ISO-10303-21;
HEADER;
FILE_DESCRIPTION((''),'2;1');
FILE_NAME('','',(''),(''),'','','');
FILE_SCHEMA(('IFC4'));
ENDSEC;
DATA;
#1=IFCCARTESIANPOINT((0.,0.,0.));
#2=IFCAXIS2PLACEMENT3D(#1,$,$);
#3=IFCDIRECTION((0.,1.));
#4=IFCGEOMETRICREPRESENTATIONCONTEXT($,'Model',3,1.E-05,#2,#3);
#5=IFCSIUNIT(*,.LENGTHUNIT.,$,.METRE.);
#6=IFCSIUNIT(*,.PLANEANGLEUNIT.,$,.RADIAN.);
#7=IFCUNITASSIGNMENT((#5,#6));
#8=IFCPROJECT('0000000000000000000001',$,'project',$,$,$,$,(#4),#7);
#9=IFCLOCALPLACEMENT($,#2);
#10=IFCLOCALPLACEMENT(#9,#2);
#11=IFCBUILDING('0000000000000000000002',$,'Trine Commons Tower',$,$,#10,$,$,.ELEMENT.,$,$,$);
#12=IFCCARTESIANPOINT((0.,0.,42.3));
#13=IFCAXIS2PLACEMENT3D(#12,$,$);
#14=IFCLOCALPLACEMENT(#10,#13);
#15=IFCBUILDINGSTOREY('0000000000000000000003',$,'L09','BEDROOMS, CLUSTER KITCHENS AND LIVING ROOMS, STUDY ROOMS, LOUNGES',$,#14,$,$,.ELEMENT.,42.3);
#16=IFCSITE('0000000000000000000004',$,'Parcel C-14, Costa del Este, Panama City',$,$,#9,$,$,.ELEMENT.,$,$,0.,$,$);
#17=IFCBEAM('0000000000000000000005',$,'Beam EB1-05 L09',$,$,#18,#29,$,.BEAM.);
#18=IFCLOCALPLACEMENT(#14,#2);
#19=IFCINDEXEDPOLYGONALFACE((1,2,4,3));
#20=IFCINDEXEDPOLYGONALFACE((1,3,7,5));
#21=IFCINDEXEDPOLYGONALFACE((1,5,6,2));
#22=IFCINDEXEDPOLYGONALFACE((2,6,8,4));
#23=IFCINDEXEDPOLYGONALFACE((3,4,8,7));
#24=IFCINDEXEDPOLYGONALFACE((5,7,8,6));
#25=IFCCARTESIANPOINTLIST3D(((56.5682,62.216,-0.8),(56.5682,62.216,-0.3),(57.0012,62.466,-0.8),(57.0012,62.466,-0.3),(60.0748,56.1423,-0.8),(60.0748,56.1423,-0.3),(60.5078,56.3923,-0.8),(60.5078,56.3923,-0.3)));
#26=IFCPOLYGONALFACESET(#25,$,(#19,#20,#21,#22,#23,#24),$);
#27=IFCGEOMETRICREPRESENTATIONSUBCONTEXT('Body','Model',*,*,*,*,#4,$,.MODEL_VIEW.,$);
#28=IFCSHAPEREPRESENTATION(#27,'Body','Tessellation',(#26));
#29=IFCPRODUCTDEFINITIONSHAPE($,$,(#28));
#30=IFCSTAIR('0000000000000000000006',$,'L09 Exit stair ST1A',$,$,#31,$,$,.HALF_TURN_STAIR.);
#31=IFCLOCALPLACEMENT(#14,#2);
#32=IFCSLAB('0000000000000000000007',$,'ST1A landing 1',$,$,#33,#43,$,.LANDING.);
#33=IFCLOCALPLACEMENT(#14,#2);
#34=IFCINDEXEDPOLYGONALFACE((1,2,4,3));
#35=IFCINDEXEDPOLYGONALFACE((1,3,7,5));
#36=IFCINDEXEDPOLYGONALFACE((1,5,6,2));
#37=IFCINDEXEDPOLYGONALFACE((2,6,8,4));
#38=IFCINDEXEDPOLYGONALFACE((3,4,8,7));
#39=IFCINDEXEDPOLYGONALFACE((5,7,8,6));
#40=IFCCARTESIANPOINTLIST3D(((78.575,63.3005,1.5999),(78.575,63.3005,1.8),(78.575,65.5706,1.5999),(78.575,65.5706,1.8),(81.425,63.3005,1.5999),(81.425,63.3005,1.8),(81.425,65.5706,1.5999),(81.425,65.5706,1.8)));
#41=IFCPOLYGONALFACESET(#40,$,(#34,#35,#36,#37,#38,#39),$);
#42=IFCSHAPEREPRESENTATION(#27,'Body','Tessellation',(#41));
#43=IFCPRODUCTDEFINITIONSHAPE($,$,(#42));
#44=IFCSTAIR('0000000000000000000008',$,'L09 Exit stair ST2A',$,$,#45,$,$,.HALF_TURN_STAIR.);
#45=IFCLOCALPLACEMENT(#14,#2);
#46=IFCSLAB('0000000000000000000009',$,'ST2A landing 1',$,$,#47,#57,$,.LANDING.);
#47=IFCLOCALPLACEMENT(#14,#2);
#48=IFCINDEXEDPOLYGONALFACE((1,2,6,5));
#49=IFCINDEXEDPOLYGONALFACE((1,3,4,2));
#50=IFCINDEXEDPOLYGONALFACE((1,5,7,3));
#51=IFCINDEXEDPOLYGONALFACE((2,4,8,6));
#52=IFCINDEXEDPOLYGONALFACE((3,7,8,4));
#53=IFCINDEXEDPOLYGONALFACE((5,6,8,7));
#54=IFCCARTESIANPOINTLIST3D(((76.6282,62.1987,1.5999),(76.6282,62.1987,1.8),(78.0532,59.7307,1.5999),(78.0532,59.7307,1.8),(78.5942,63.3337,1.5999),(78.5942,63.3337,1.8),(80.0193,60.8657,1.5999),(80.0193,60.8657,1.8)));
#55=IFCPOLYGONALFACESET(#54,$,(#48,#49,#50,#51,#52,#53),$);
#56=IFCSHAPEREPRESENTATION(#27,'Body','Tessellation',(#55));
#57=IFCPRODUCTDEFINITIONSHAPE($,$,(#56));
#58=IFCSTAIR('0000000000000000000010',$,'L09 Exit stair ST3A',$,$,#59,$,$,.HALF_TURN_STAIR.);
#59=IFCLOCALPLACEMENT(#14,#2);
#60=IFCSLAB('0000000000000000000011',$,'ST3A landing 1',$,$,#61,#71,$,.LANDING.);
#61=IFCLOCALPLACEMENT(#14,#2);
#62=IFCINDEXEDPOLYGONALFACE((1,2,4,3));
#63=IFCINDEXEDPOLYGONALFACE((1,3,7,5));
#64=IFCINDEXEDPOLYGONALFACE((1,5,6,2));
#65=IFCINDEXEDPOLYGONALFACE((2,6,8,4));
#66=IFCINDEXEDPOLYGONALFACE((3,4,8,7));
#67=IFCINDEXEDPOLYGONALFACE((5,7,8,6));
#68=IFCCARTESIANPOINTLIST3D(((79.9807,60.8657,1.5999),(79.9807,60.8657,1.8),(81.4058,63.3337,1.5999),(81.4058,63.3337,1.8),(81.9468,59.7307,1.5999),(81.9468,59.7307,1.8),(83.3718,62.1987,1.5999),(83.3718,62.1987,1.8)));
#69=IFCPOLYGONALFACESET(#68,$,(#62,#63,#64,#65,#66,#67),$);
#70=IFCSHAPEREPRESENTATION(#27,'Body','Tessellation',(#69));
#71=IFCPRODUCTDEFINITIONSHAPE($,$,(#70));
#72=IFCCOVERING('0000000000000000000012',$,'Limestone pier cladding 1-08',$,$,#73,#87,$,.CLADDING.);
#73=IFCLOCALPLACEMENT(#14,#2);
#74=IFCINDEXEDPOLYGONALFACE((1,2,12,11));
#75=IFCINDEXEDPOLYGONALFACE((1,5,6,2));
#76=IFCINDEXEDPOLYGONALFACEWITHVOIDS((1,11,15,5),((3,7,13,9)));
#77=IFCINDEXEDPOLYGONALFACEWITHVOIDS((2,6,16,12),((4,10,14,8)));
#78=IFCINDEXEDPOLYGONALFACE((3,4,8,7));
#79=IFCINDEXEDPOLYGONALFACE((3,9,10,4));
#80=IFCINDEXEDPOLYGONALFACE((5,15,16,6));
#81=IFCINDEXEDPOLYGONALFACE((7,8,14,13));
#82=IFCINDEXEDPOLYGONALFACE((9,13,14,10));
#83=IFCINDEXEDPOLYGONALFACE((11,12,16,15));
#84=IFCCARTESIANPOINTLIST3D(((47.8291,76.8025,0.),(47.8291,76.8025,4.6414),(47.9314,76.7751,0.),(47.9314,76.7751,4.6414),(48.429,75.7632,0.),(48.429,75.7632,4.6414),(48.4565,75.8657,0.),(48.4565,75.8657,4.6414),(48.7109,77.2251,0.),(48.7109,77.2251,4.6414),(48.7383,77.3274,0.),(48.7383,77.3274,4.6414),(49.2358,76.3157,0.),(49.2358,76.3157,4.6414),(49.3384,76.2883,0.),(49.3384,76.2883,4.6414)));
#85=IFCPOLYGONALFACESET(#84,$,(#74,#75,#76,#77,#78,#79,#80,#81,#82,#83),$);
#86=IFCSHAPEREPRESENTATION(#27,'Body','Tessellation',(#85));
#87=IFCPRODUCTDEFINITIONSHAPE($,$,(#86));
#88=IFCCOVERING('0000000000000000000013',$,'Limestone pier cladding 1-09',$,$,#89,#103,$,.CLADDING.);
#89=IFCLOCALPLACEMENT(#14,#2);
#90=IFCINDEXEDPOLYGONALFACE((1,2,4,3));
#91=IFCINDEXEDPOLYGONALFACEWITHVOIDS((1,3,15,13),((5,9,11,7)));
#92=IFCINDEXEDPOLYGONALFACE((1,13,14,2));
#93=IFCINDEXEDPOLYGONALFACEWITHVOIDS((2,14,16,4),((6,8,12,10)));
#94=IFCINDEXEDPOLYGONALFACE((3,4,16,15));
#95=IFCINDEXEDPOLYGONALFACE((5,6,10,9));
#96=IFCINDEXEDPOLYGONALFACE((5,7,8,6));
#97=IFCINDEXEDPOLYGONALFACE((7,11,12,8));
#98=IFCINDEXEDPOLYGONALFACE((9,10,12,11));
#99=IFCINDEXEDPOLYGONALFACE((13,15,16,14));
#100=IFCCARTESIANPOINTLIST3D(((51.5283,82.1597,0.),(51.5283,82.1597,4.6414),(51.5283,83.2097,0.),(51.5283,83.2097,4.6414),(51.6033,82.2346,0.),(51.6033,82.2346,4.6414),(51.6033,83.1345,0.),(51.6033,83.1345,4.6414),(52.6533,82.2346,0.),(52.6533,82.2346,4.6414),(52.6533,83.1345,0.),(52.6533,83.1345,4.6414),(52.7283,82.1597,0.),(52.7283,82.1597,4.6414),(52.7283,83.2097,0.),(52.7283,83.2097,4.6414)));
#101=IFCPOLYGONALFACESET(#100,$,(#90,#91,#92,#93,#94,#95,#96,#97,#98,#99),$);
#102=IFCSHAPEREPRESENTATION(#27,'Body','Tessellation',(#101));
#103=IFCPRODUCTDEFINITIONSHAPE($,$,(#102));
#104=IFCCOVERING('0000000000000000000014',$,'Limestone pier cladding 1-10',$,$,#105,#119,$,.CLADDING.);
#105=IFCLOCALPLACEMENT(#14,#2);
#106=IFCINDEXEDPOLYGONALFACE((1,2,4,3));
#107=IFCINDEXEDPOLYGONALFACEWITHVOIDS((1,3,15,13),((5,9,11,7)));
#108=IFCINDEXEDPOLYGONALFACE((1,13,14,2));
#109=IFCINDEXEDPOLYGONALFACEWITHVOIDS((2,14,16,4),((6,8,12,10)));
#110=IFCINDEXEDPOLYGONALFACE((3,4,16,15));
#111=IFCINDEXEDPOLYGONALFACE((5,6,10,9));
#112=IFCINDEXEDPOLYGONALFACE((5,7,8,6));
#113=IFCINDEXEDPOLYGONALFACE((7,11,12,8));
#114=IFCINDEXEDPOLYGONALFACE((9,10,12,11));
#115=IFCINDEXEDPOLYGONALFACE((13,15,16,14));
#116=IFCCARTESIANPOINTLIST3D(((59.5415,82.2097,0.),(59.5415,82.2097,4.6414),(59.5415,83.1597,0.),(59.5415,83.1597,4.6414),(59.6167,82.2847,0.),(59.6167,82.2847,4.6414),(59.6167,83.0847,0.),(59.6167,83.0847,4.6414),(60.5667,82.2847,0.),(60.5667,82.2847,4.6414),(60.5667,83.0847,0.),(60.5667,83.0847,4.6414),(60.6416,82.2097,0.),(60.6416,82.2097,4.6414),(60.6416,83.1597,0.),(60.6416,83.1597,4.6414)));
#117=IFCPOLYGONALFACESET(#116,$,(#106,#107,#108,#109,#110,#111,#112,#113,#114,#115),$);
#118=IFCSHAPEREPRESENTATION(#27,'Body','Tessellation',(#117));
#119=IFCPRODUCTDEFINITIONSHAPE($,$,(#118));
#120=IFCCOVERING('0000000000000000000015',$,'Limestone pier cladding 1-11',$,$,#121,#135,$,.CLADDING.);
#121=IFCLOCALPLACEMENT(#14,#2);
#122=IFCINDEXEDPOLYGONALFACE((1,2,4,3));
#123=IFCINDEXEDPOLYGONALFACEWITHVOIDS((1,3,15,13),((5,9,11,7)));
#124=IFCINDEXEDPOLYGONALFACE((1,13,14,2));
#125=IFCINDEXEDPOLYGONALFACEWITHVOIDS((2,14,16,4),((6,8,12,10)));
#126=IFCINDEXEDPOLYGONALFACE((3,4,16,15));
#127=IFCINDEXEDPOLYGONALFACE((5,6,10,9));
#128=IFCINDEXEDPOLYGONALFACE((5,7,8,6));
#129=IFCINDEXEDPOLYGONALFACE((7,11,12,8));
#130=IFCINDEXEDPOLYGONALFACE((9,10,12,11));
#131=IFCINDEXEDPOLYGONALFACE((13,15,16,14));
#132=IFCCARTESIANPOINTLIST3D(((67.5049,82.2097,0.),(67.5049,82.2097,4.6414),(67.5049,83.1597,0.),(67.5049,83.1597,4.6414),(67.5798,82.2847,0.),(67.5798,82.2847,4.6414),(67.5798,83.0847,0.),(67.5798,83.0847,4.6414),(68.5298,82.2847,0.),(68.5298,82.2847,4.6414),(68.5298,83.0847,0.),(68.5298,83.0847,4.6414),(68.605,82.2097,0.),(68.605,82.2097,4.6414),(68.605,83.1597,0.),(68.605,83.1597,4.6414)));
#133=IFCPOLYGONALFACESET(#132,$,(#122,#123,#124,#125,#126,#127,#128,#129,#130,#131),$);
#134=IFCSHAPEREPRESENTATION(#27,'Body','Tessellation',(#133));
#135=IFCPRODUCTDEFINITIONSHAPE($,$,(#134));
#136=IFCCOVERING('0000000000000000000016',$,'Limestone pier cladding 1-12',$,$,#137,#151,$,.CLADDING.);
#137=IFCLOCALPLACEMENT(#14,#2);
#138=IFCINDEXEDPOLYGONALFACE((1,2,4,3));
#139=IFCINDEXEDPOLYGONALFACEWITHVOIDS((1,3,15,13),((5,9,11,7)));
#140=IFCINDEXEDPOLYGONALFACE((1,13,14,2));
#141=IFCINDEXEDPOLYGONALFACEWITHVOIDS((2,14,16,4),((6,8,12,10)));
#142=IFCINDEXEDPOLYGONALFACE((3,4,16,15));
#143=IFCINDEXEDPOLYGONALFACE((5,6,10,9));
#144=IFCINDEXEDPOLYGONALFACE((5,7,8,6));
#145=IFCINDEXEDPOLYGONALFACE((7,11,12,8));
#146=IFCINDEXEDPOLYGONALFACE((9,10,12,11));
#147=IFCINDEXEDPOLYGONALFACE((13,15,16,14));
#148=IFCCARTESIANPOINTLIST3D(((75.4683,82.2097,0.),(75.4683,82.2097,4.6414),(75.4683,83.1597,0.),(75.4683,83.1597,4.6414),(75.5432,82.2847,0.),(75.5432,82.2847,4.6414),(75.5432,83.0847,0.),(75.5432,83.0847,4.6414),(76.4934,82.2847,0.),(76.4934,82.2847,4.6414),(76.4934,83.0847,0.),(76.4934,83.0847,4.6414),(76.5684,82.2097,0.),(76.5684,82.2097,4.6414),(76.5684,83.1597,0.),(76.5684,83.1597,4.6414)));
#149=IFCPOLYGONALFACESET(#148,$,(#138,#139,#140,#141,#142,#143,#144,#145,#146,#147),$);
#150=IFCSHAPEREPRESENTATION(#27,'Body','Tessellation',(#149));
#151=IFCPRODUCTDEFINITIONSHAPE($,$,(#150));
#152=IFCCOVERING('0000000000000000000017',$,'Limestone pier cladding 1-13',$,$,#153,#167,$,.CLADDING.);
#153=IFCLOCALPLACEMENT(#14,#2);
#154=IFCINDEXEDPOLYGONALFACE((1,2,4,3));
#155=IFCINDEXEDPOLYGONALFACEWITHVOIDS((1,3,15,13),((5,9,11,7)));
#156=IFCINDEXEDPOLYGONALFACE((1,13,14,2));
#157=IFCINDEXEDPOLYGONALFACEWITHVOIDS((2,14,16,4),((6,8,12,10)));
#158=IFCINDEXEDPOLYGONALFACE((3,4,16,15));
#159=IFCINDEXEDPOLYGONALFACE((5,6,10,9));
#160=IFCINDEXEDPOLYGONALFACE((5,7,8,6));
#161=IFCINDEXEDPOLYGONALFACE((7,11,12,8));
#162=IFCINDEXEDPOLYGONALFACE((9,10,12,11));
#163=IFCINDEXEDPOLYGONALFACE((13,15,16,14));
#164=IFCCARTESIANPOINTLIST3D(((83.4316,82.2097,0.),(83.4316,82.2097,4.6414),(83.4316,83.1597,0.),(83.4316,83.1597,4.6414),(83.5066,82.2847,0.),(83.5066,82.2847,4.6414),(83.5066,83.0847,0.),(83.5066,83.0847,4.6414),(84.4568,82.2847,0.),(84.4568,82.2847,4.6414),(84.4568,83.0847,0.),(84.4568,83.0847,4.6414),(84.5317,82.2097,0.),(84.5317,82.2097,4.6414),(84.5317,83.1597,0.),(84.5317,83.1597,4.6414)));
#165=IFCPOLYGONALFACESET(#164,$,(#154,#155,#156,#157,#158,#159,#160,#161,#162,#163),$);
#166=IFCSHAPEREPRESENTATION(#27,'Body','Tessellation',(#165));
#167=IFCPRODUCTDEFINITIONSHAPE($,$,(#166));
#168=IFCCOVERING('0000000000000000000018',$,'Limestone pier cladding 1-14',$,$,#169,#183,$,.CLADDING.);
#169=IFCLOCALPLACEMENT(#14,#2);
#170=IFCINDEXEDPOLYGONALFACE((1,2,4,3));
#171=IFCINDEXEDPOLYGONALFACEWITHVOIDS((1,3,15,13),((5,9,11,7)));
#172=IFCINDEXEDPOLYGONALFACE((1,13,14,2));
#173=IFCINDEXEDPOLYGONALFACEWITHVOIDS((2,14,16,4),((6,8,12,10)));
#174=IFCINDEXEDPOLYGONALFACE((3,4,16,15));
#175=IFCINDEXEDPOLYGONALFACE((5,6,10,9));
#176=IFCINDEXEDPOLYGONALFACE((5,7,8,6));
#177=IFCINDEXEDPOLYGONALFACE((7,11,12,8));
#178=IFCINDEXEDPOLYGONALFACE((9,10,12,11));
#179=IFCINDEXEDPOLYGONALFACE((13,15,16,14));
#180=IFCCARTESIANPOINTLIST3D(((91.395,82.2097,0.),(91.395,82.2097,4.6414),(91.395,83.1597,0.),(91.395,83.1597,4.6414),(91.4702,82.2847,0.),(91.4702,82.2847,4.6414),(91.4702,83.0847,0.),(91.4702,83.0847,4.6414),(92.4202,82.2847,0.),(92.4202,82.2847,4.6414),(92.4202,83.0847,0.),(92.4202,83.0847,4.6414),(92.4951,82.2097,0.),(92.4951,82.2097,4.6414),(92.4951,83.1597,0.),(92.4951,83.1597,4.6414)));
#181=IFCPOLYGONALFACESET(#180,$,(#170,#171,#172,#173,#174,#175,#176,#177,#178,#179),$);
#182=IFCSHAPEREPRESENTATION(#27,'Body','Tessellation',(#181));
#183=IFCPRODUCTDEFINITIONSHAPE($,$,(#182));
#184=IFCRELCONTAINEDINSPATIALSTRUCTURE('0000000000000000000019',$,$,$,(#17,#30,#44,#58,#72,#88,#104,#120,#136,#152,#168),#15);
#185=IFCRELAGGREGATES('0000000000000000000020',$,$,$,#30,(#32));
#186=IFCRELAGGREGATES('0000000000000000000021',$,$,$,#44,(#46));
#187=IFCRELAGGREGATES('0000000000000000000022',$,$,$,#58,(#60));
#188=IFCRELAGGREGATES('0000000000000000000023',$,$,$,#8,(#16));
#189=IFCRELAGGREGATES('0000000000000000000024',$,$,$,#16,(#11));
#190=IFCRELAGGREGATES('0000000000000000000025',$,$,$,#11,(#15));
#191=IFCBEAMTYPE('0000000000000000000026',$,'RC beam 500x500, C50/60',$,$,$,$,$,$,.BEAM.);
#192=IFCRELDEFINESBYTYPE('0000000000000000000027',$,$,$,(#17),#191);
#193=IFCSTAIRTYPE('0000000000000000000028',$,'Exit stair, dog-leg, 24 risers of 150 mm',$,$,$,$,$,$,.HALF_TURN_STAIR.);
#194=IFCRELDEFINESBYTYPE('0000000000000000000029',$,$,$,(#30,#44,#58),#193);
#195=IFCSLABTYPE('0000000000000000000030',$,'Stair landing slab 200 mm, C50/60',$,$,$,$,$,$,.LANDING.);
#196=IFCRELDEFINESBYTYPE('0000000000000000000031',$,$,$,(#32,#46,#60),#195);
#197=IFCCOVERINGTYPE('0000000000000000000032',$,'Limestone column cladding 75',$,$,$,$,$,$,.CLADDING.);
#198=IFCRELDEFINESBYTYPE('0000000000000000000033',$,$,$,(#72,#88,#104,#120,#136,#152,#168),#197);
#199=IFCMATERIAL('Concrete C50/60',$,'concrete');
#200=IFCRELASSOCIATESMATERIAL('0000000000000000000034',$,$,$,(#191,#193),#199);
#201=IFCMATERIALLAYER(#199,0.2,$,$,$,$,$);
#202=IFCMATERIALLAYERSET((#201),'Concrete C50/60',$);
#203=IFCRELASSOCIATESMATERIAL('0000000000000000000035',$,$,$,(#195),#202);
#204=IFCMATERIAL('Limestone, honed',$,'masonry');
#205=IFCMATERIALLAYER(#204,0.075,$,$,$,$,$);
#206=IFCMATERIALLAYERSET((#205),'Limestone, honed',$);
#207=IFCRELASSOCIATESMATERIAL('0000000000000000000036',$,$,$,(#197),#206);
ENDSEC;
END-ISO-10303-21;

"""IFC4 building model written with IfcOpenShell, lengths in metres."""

from ifc_helpers import new_model, si_unit, direction, frame, origin, origin_2d, place, context, subcontext, project, spatial, polyline, rectangle, outline, extrude, material, layer, layer_set, material_profile, profile_set, type_object, element, aggregate, save


model = new_model("IFC4")

# Units and contexts
model_context = context("Model", 3, precision=1e-05, world=origin(), true_north=direction((0.0, 1.0)))
body_context = subcontext(model_context, "Body", "Model", "MODEL_VIEW")
ifc_project = project(units=[si_unit("LENGTHUNIT", "METRE"), si_unit("PLANEANGLEUNIT", "RADIAN")], contexts=[model_context])

# Site, building, storey
site_placement = place(None, origin())
site = spatial("IfcSite", under=ifc_project, at=site_placement, Name="Parcel C-14, Costa del Este, Panama City", CompositionType="ELEMENT", RefElevation=0.0)
building_placement = place(site_placement, origin())
building = spatial("IfcBuilding", under=site, at=building_placement, Name="Trine Commons Tower", CompositionType="ELEMENT")
storey_placement = place(building_placement, frame((0.0, 0.0, 42.3)))
storey = spatial("IfcBuildingStorey", under=building, at=storey_placement, Name="L09", Description="BEDROOMS, CLUSTER KITCHENS AND LIVING ROOMS, STUDY ROOMS, LOUNGES", CompositionType="ELEMENT", Elevation=42.3)

# Beam
ifc_material_1 = material(Name="Concrete C50/60", Category="concrete")
ifc_material_profile = material_profile(ifc_material_1, rectangle(XDim=0.5, YDim=0.5, at=origin_2d()), Name="RC 500x500")
ifc_profile_set = profile_set([ifc_material_profile], Name="Concrete C50/60")
beam_type = type_object("IfcBeamType", Name="RC beam 500x500, C50/60", PredefinedType="BEAM", material=ifc_profile_set)
beam_placement = place(storey_placement, frame((60.2913, 56.2673, -0.55), z_axis=(-0.499992, 0.86603, 0.0), x_axis=(-0.86603, -0.499992, 0.0)))
element("IfcBeam", 1, at=beam_placement, inside=storey, type_object=beam_type, Name="Beam EB1-05 L09", PredefinedType="BEAM", context=body_context, shape_type="SweptSolid", body=[
    extrude(rectangle(XDim=0.5, YDim=0.5, at=origin_2d()), origin(), (0.0, 0.0, 1.0), 7.0132),
])

# Stairs, slabs
stair_type = type_object("IfcStairType", Name="Exit stair, dog-leg, 24 risers of 150 mm", PredefinedType="HALF_TURN_STAIR", material=ifc_material_1)
stair_1_placement = place(storey_placement, origin())
stair_1 = element("IfcStair", 2, at=stair_1_placement, inside=storey, type_object=stair_type, Name="L09 Exit stair ST1A", PredefinedType="HALF_TURN_STAIR")
ifc_layer_1 = layer(ifc_material_1, 0.2)
ifc_layer_set_1 = layer_set([ifc_layer_1], Name="Concrete C50/60")
slab_type = type_object("IfcSlabType", Name="Stair landing slab 200 mm, C50/60", PredefinedType="LANDING", material=ifc_layer_set_1)
slab_1_placement = place(storey_placement, frame((0.0, 0.0, 1.5999)))
slab_1 = element("IfcSlab", 3, at=slab_1_placement, type_object=slab_type, Name="ST1A landing 1", PredefinedType="LANDING", context=body_context, shape_type="SweptSolid", body=[
    extrude(outline(polyline([(78.575, 65.5706), (78.575, 63.3005), (81.425, 63.3005), (81.425, 65.5706), (78.575, 65.5706)])), origin(), (0.0, 0.0, 1.0), 0.2002),
])
aggregate(stair_1, [slab_1])
stair_2_placement = place(storey_placement, origin())
stair_2 = element("IfcStair", 4, at=stair_2_placement, inside=storey, type_object=stair_type, Name="L09 Exit stair ST2A", PredefinedType="HALF_TURN_STAIR")
slab_2_placement = place(storey_placement, frame((0.0, 0.0, 1.5999)))
slab_2 = element("IfcSlab", 5, at=slab_2_placement, type_object=slab_type, Name="ST2A landing 1", PredefinedType="LANDING", context=body_context, shape_type="SweptSolid", body=[
    extrude(outline(polyline([(78.0532, 59.7307), (80.0193, 60.8657), (78.5942, 63.3337), (76.6282, 62.1987), (78.0532, 59.7307)])), origin(), (0.0, 0.0, 1.0), 0.2002),
])
aggregate(stair_2, [slab_2])
stair_3_placement = place(storey_placement, origin())
stair_3 = element("IfcStair", 6, at=stair_3_placement, inside=storey, type_object=stair_type, Name="L09 Exit stair ST3A", PredefinedType="HALF_TURN_STAIR")
slab_3_placement = place(storey_placement, frame((0.0, 0.0, 1.5999)))
slab_3 = element("IfcSlab", 7, at=slab_3_placement, type_object=slab_type, Name="ST3A landing 1", PredefinedType="LANDING", context=body_context, shape_type="SweptSolid", body=[
    extrude(outline(polyline([(83.3718, 62.1987), (81.4058, 63.3337), (79.9807, 60.8657), (81.9468, 59.7307), (83.3718, 62.1987)])), origin(), (0.0, 0.0, 1.0), 0.2002),
])
aggregate(stair_3, [slab_3])

# Coverings
ifc_material_2 = material(Name="Limestone, honed", Category="masonry")
ifc_layer_2 = layer(ifc_material_2, 0.075)
ifc_layer_set_2 = layer_set([ifc_layer_2], Name="Limestone, honed")
covering_type_1 = type_object("IfcCoveringType", Name="Limestone column cladding 75", PredefinedType="CLADDING", material=ifc_layer_set_2)
covering_1_placement = place(storey_placement, origin())
element("IfcCovering", 8, at=covering_1_placement, inside=storey, type_object=covering_type_1, Name="Limestone pier cladding 1-08", PredefinedType="CLADDING", context=body_context, shape_type="SweptSolid", body=[
    extrude(outline(polyline([(48.7383, 77.3274), (47.8291, 76.8025), (48.429, 75.7632), (49.3384, 76.2883), (48.7383, 77.3274)]), holes=[polyline([(48.7109, 77.2251), (47.9314, 76.7751), (48.4565, 75.8657), (49.2358, 76.3157), (48.7109, 77.2251)])]), origin(), (0.0, 0.0, 1.0), 4.6414),
])
covering_2_placement = place(storey_placement, origin())
element("IfcCovering", 9, at=covering_2_placement, inside=storey, type_object=covering_type_1, Name="Limestone pier cladding 1-09", PredefinedType="CLADDING", context=body_context, shape_type="SweptSolid", body=[
    extrude(outline(polyline([(52.7283, 82.1597), (52.7283, 83.2097), (51.5283, 83.2097), (51.5283, 82.1597), (52.7283, 82.1597)]), holes=[polyline([(52.6533, 82.2346), (52.6533, 83.1345), (51.6033, 83.1345), (51.6033, 82.2346), (52.6533, 82.2346)])]), origin(), (0.0, 0.0, 1.0), 4.6414),
])
covering_3_placement = place(storey_placement, origin())
element("IfcCovering", 10, at=covering_3_placement, inside=storey, type_object=covering_type_1, Name="Limestone pier cladding 1-10", PredefinedType="CLADDING", context=body_context, shape_type="SweptSolid", body=[
    extrude(outline(polyline([(60.6416, 82.2097), (60.6416, 83.1597), (59.5415, 83.1597), (59.5415, 82.2097), (60.6416, 82.2097)]), holes=[polyline([(60.5667, 82.2847), (60.5667, 83.0847), (59.6167, 83.0847), (59.6167, 82.2847), (60.5667, 82.2847)])]), origin(), (0.0, 0.0, 1.0), 4.6414),
])
covering_4_placement = place(storey_placement, origin())
element("IfcCovering", 11, at=covering_4_placement, inside=storey, type_object=covering_type_1, Name="Limestone pier cladding 1-11", PredefinedType="CLADDING", context=body_context, shape_type="SweptSolid", body=[
    extrude(outline(polyline([(68.605, 82.2097), (68.605, 83.1597), (67.5049, 83.1597), (67.5049, 82.2097), (68.605, 82.2097)]), holes=[polyline([(68.5298, 82.2847), (68.5298, 83.0847), (67.5798, 83.0847), (67.5798, 82.2847), (68.5298, 82.2847)])]), origin(), (0.0, 0.0, 1.0), 4.6414),
])
covering_5_placement = place(storey_placement, origin())
element("IfcCovering", 12, at=covering_5_placement, inside=storey, type_object=covering_type_1, Name="Limestone pier cladding 1-12", PredefinedType="CLADDING", context=body_context, shape_type="SweptSolid", body=[
    extrude(outline(polyline([(76.5684, 82.2097), (76.5684, 83.1597), (75.4683, 83.1597), (75.4683, 82.2097), (76.5684, 82.2097)]), holes=[polyline([(76.4934, 82.2847), (76.4934, 83.0847), (75.5432, 83.0847), (75.5432, 82.2847), (76.4934, 82.2847)])]), origin(), (0.0, 0.0, 1.0), 4.6414),
])
covering_6_placement = place(storey_placement, origin())
element("IfcCovering", 13, at=covering_6_placement, inside=storey, type_object=covering_type_1, Name="Limestone pier cladding 1-13", PredefinedType="CLADDING", context=body_context, shape_type="SweptSolid", body=[
    extrude(outline(polyline([(84.5317, 82.2097), (84.5317, 83.1597), (83.4316, 83.1597), (83.4316, 82.2097), (84.5317, 82.2097)]), holes=[polyline([(84.4568, 82.2847), (84.4568, 83.0847), (83.5066, 83.0847), (83.5066, 82.2847), (84.4568, 82.2847)])]), origin(), (0.0, 0.0, 1.0), 4.6414),
])
covering_7_placement = place(storey_placement, origin())
element("IfcCovering", 14, at=covering_7_placement, inside=storey, type_object=covering_type_1, Name="Limestone pier cladding 1-14", PredefinedType="CLADDING", context=body_context, shape_type="SweptSolid", body=[
    extrude(outline(polyline([(92.4951, 82.2097), (92.4951, 83.1597), (91.395, 83.1597), (91.395, 82.2097), (92.4951, 82.2097)]), holes=[polyline([(92.4202, 82.2847), (92.4202, 83.0847), (91.4702, 83.0847), (91.4702, 82.2847), (92.4202, 82.2847)])]), origin(), (0.0, 0.0, 1.0), 4.6414),
])

save(model, "model.ifc")
